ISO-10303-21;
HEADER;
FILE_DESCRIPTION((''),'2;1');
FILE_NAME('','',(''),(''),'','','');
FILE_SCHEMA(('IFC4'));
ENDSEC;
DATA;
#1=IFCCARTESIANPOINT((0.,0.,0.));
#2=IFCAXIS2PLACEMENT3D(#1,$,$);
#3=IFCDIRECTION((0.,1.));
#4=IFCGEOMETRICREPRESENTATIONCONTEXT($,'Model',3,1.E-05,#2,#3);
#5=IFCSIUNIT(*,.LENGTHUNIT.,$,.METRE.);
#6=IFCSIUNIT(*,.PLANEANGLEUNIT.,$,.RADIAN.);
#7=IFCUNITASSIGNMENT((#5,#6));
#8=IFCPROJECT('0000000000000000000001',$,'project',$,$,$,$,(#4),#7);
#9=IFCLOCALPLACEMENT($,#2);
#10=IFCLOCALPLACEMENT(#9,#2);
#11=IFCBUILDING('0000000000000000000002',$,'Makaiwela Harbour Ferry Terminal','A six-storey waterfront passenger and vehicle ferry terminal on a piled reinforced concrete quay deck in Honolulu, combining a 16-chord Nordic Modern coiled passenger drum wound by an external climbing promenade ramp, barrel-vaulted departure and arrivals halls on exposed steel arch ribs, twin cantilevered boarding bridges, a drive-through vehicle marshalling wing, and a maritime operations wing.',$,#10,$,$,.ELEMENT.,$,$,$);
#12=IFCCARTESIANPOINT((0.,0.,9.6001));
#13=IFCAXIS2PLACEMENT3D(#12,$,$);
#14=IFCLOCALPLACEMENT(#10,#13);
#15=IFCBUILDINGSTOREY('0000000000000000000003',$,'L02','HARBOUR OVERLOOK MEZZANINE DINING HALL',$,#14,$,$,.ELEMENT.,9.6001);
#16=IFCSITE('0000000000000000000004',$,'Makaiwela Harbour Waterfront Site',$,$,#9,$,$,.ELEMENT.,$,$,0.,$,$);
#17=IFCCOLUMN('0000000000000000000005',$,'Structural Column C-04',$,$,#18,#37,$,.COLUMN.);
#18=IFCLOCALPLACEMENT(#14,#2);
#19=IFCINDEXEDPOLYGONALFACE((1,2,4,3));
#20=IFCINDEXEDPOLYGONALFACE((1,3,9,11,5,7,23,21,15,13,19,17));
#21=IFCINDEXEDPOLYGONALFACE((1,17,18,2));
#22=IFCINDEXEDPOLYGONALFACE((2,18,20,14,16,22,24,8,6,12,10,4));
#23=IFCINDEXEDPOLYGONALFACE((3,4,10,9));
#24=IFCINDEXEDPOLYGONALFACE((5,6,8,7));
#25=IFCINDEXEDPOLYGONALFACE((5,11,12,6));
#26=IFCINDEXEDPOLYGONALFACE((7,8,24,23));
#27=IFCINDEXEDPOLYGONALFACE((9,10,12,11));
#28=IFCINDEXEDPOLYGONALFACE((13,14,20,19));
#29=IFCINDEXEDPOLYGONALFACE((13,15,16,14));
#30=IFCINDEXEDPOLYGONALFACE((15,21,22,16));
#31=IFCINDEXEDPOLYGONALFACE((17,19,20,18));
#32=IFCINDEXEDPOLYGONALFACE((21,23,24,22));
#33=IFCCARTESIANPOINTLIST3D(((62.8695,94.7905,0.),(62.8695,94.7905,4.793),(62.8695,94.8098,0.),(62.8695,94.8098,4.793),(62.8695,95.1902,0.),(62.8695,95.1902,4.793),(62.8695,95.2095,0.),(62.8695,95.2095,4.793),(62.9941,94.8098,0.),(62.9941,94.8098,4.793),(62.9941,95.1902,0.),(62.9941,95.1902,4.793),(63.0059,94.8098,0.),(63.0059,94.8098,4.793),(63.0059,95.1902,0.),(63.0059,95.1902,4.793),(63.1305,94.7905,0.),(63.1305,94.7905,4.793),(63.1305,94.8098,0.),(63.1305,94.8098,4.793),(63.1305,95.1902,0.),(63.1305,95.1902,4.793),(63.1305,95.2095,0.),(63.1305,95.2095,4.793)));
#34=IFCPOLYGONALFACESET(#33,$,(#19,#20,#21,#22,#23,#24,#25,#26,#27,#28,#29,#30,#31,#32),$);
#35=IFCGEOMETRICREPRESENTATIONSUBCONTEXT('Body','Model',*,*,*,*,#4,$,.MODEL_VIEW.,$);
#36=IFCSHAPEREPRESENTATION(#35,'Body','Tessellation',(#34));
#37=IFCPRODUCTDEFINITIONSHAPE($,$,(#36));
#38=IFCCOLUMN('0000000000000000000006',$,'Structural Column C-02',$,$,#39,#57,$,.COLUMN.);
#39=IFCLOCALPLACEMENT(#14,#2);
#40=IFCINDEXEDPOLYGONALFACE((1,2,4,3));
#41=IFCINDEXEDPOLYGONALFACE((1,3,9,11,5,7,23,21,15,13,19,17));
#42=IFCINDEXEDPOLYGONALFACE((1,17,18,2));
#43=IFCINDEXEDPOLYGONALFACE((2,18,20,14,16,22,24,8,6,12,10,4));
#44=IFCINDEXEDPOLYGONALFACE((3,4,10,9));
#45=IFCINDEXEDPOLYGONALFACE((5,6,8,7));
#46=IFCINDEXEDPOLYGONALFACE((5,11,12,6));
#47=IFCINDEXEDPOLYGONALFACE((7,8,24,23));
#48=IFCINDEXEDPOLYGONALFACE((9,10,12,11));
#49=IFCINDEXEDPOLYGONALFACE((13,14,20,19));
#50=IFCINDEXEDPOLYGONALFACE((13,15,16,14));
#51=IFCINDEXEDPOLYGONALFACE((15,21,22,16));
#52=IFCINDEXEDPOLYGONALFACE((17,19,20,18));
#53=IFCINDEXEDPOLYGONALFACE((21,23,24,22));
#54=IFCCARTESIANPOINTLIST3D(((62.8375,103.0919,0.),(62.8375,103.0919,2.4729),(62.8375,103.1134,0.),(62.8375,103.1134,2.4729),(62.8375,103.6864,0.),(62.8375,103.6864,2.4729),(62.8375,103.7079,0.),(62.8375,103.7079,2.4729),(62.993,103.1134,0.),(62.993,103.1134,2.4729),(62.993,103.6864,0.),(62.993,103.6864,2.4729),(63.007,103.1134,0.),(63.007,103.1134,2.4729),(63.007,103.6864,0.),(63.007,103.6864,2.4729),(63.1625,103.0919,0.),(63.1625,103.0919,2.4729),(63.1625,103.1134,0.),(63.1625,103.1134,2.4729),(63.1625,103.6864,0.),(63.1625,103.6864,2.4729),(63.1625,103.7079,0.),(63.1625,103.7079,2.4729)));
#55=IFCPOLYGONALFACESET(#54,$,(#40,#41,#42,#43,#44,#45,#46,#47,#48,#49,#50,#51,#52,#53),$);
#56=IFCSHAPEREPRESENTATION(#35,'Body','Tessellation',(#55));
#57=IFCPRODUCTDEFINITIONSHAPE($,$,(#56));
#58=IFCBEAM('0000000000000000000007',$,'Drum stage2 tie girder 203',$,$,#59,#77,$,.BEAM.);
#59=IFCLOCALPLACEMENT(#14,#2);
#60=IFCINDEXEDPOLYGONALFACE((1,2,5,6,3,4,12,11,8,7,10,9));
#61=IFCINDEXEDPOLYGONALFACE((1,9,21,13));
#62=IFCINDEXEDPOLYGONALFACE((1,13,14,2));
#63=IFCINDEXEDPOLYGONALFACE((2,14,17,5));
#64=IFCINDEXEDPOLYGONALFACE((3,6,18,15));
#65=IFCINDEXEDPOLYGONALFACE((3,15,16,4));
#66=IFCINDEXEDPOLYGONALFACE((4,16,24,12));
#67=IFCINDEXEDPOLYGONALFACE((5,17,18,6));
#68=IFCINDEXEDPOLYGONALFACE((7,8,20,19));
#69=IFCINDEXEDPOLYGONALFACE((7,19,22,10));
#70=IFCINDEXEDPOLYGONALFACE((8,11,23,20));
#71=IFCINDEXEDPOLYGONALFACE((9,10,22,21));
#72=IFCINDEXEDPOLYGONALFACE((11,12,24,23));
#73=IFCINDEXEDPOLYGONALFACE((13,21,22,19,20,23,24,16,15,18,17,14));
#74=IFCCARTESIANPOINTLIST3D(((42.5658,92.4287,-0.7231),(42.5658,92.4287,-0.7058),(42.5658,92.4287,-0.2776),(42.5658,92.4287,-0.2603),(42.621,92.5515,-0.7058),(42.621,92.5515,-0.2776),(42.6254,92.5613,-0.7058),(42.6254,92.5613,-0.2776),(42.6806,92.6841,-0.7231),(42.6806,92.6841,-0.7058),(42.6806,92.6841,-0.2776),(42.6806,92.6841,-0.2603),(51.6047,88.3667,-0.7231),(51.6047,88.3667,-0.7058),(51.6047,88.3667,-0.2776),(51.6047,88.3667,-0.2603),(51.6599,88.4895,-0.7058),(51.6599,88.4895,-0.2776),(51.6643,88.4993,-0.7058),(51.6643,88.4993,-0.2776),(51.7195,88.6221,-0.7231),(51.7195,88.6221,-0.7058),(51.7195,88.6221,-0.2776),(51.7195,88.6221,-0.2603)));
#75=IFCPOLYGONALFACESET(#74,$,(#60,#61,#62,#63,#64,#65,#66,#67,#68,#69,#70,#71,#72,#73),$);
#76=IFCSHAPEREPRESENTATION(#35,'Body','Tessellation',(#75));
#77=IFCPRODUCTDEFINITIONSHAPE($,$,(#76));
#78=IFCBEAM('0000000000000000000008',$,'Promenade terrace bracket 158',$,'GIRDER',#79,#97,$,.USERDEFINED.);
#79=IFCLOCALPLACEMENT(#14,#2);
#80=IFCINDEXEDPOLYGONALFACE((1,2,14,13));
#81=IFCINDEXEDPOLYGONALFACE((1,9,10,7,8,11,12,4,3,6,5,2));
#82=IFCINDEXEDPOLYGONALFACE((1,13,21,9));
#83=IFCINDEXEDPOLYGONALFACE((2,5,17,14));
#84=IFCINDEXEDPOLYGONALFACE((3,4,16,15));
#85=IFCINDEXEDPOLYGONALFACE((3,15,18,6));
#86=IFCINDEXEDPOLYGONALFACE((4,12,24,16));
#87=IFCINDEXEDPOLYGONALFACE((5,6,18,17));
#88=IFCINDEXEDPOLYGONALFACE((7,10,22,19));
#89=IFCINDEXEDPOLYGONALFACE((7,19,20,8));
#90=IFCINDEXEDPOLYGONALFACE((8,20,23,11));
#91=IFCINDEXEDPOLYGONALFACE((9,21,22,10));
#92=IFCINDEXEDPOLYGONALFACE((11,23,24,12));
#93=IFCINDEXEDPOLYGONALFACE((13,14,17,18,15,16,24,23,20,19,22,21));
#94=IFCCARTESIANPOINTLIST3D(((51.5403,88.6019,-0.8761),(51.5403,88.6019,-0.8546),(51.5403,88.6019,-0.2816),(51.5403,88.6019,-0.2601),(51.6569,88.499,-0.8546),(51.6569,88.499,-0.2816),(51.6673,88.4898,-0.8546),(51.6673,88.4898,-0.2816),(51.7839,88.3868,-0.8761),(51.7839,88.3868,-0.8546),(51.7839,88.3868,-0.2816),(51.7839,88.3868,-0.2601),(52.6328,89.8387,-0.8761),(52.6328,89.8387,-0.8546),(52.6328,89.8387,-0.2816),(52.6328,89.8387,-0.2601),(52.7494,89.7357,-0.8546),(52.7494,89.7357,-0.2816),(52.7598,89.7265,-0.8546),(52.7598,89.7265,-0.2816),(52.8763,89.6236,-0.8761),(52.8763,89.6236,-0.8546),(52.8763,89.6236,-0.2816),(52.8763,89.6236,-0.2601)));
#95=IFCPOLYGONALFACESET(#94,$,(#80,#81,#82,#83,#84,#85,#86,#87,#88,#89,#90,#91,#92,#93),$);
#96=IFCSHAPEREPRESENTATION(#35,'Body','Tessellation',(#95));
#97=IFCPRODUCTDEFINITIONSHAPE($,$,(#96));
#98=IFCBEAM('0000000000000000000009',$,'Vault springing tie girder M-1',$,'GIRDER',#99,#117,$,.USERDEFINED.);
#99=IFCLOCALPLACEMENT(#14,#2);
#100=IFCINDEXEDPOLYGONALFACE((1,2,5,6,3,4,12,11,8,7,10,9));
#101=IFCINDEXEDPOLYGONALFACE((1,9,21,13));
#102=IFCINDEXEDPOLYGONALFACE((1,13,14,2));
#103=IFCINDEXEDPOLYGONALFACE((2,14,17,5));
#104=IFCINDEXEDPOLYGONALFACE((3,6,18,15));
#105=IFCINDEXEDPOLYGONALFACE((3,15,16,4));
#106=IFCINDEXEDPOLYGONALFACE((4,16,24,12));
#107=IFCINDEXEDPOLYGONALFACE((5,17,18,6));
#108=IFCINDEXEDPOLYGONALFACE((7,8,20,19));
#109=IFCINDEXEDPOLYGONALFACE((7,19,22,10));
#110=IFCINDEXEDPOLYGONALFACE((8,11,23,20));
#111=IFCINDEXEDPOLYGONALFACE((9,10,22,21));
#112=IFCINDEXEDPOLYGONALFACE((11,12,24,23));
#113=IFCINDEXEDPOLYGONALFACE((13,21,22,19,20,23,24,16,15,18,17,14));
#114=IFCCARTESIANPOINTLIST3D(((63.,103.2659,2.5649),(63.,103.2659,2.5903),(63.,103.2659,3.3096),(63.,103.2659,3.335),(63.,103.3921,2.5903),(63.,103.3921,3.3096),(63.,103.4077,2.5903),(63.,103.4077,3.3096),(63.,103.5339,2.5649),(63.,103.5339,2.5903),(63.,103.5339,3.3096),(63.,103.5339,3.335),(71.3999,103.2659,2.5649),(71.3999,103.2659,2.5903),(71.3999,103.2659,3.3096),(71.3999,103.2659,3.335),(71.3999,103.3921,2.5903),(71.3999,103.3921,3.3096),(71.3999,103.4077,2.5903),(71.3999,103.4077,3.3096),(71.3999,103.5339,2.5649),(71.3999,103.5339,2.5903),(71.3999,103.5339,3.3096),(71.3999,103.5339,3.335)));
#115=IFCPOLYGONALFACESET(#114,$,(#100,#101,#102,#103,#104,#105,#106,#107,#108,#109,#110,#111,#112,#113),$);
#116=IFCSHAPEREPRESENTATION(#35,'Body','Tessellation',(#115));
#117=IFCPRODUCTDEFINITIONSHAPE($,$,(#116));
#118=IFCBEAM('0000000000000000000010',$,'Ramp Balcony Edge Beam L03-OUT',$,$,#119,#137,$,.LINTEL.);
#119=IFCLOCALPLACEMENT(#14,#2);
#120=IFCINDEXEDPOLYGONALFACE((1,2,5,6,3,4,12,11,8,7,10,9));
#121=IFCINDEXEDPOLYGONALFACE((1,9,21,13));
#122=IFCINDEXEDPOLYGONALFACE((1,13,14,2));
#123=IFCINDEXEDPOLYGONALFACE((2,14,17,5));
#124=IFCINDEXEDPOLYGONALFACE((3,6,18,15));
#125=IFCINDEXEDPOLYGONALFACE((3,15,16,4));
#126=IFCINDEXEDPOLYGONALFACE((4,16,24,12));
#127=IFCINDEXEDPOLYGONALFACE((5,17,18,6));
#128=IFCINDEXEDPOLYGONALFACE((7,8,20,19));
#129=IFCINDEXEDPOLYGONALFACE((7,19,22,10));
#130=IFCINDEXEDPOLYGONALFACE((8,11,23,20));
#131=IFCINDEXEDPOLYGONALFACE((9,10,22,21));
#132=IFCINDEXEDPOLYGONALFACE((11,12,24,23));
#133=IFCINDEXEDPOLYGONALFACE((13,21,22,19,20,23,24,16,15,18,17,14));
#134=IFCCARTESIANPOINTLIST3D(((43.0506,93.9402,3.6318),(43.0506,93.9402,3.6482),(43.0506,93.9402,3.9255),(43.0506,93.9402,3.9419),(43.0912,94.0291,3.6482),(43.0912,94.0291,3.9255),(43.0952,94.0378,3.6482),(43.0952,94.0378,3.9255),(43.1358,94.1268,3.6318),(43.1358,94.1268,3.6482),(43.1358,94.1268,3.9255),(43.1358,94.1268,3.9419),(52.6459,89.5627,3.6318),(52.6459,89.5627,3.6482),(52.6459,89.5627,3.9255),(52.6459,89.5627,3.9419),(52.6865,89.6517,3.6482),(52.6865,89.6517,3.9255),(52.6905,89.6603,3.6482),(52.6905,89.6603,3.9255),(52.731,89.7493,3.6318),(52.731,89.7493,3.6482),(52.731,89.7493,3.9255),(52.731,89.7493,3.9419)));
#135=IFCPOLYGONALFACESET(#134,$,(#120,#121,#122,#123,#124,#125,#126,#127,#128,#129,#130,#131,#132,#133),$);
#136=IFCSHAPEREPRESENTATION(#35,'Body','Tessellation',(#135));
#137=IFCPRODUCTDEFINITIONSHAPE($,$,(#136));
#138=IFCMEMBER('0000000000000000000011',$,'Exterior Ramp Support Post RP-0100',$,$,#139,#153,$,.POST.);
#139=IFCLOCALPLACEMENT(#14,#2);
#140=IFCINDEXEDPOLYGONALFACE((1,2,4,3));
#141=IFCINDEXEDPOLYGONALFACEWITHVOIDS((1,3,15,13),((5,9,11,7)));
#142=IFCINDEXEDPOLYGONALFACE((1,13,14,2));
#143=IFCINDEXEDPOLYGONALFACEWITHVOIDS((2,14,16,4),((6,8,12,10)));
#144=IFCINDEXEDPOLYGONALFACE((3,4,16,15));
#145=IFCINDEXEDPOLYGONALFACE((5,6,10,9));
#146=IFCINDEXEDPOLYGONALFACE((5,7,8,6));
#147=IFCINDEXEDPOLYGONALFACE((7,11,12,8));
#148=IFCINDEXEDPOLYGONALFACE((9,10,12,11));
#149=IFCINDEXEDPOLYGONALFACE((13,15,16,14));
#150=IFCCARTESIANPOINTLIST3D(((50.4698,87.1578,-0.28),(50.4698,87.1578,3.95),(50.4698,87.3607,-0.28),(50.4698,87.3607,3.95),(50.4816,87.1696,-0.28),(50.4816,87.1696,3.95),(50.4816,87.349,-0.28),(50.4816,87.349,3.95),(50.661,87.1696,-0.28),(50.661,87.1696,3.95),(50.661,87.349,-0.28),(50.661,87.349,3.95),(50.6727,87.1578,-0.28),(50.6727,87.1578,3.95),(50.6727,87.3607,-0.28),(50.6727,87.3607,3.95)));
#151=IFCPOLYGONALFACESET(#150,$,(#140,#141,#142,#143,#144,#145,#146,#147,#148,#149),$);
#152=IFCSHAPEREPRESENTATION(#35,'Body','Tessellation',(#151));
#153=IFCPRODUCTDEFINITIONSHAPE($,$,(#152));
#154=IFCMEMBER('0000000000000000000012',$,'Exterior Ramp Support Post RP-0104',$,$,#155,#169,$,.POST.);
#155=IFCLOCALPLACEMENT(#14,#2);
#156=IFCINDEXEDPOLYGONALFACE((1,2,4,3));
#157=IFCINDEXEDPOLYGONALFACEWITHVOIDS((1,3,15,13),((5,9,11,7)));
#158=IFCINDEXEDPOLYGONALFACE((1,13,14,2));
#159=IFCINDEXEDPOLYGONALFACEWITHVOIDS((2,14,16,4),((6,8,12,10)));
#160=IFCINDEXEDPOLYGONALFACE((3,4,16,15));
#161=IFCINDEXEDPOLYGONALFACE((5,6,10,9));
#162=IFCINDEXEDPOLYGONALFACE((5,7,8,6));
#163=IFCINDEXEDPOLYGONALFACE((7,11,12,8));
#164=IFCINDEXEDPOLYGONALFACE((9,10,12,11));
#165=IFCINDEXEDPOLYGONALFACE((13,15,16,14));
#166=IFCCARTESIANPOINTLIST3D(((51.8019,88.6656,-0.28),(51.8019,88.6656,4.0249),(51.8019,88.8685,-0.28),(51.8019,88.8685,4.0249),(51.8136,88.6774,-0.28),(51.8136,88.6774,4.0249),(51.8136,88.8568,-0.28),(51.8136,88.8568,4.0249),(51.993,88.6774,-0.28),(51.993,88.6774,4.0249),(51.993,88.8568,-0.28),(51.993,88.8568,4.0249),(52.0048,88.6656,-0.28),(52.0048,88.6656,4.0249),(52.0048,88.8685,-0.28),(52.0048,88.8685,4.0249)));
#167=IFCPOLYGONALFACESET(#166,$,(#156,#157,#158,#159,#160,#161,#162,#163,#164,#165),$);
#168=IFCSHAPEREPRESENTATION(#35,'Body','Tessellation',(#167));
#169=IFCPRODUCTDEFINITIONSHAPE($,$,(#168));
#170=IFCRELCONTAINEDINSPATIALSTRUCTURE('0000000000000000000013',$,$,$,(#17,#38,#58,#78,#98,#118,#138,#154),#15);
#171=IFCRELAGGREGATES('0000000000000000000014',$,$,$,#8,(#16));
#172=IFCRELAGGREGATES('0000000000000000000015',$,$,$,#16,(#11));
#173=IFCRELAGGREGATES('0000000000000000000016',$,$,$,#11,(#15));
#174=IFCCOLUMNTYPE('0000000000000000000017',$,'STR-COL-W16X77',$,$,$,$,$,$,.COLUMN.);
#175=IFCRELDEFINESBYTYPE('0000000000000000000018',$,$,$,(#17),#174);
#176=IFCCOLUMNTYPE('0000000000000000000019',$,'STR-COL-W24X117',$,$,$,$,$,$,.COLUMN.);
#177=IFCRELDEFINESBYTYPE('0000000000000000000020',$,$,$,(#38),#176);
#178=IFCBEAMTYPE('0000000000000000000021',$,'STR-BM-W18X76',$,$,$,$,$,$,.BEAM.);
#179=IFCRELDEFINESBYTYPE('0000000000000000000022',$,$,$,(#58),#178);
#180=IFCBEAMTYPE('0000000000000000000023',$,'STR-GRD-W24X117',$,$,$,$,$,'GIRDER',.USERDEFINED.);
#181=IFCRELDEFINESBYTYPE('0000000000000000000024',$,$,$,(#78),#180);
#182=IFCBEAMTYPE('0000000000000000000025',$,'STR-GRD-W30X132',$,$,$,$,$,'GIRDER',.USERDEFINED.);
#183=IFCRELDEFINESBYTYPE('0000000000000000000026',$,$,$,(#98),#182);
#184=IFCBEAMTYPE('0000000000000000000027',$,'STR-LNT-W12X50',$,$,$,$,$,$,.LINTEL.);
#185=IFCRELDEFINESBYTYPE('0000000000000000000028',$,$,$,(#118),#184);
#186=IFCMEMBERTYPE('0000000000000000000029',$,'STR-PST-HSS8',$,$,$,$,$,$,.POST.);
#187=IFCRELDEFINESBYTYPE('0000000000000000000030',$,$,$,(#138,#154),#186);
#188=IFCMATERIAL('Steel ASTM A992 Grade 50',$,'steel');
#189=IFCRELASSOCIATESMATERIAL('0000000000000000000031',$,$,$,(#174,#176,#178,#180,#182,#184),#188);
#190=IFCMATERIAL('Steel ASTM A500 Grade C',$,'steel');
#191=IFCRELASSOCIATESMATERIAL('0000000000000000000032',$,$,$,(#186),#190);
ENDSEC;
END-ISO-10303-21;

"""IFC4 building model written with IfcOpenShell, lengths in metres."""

from ifc_helpers import new_model, si_unit, direction, frame, origin, origin_2d, place, context, subcontext, project, spatial, hollow_rectangle, i_section, extrude, material, material_profile, profile_set, type_object, element, save


model = new_model("IFC4")

# Units and contexts
model_context = context("Model", 3, precision=1e-05, world=origin(), true_north=direction((0.0, 1.0)))
body_context = subcontext(model_context, "Body", "Model", "MODEL_VIEW")
ifc_project = project(units=[si_unit("LENGTHUNIT", "METRE"), si_unit("PLANEANGLEUNIT", "RADIAN")], contexts=[model_context])

# Site, building, storey
site_placement = place(None, origin())
site = spatial("IfcSite", under=ifc_project, at=site_placement, Name="Makaiwela Harbour Waterfront Site", CompositionType="ELEMENT", RefElevation=0.0)
building_placement = place(site_placement, origin())
building = spatial("IfcBuilding", under=site, at=building_placement, Name="Makaiwela Harbour Ferry Terminal", Description="A six-storey waterfront passenger and vehicle ferry terminal on a piled reinforced concrete quay deck in Honolulu, combining a 16-chord Nordic Modern coiled passenger drum wound by an external climbing promenade ramp, barrel-vaulted departure and arrivals halls on exposed steel arch ribs, twin cantilevered boarding bridges, a drive-through vehicle marshalling wing, and a maritime operations wing.", CompositionType="ELEMENT")
storey_placement = place(building_placement, frame((0.0, 0.0, 9.6001)))
storey = spatial("IfcBuildingStorey", under=building, at=storey_placement, Name="L02", Description="HARBOUR OVERLOOK MEZZANINE DINING HALL", CompositionType="ELEMENT", Elevation=9.6001)

# Columns
ifc_material_1 = material(Name="Steel ASTM A992 Grade 50", Category="steel")
ifc_material_profile_1 = material_profile(ifc_material_1, i_section(OverallWidth=0.261, OverallDepth=0.4189, WebThickness=0.0117, FlangeThickness=0.0193, at=origin_2d()), Name="W16X77")
ifc_profile_set_1 = profile_set([ifc_material_profile_1], Name="Steel ASTM A992 Grade 50")
column_type_1 = type_object("IfcColumnType", Name="STR-COL-W16X77", PredefinedType="COLUMN", material=ifc_profile_set_1)
column_1_placement = place(storey_placement, frame((63.0, 95.0, 0.0), z_axis=(0.0, 0.0, 1.0), x_axis=(1.0, 0.0, 0.0)))
element("IfcColumn", 1, at=column_1_placement, inside=storey, type_object=column_type_1, Name="Structural Column C-04", PredefinedType="COLUMN", context=body_context, shape_type="SweptSolid", body=[
    extrude(i_section(OverallWidth=0.261, OverallDepth=0.4189, WebThickness=0.0117, FlangeThickness=0.0193, at=origin_2d()), origin(), (0.0, 0.0, 1.0), 4.793),
])
ifc_material_profile_2 = material_profile(ifc_material_1, i_section(OverallWidth=0.325, OverallDepth=0.616, WebThickness=0.0139, FlangeThickness=0.0215, at=origin_2d()), Name="W24X117")
ifc_profile_set_2 = profile_set([ifc_material_profile_2], Name="Steel ASTM A992 Grade 50")
column_type_2 = type_object("IfcColumnType", Name="STR-COL-W24X117", PredefinedType="COLUMN", material=ifc_profile_set_2)
column_2_placement = place(storey_placement, frame((63.0, 103.3999, 0.0), z_axis=(0.0, 0.0, 1.0), x_axis=(1.0, 0.0, 0.0)))
element("IfcColumn", 2, at=column_2_placement, inside=storey, type_object=column_type_2, Name="Structural Column C-02", PredefinedType="COLUMN", context=body_context, shape_type="SweptSolid", body=[
    extrude(i_section(OverallWidth=0.325, OverallDepth=0.616, WebThickness=0.0139, FlangeThickness=0.0215, at=origin_2d()), origin(), (0.0, 0.0, 1.0), 2.4729),
])

# Beams
ifc_material_profile_3 = material_profile(ifc_material_1, i_section(OverallWidth=0.28, OverallDepth=0.4629, WebThickness=0.0107, FlangeThickness=0.0173, at=origin_2d()), Name="W18X76")
ifc_profile_set_3 = profile_set([ifc_material_profile_3], Name="Steel ASTM A992 Grade 50")
beam_type_1 = type_object("IfcBeamType", Name="STR-BM-W18X76", PredefinedType="BEAM", material=ifc_profile_set_3)
beam_1_placement = place(storey_placement, frame((51.6621, 88.4944, -0.4917), z_axis=(-0.912127, 0.409907, 0.0), x_axis=(-0.409907, -0.912127, 0.0)))
element("IfcBeam", 3, at=beam_1_placement, inside=storey, type_object=beam_type_1, Name="Drum stage2 tie girder 203", PredefinedType="BEAM", context=body_context, shape_type="SweptSolid", body=[
    extrude(i_section(OverallWidth=0.28, OverallDepth=0.4629, WebThickness=0.0107, FlangeThickness=0.0173, at=origin_2d()), origin(), (0.0, 0.0, 1.0), 9.9097),
])
ifc_material_profile_4 = material_profile(ifc_material_1, i_section(OverallWidth=0.325, OverallDepth=0.616, WebThickness=0.0139, FlangeThickness=0.0215, at=origin_2d()), Name="W24X117")
ifc_profile_set_4 = profile_set([ifc_material_profile_4], Name="Steel ASTM A992 Grade 50")
beam_type_2 = type_object("IfcBeamType", Name="STR-GRD-W24X117", ElementType="GIRDER", PredefinedType="USERDEFINED", material=ifc_profile_set_4)
beam_2_placement = place(storey_placement, frame((51.6621, 88.4944, -0.5681), z_axis=(0.662037, 0.749471, 0.0), x_axis=(-0.749471, 0.662037, 0.0)))
element("IfcBeam", 4, at=beam_2_placement, inside=storey, type_object=beam_type_2, Name="Promenade terrace bracket 158", ObjectType="GIRDER", PredefinedType="USERDEFINED", context=body_context, shape_type="SweptSolid", body=[
    extrude(i_section(OverallWidth=0.325, OverallDepth=0.616, WebThickness=0.0139, FlangeThickness=0.0215, at=origin_2d()), origin(), (0.0, 0.0, 1.0), 1.6501),
])
ifc_material_profile_5 = material_profile(ifc_material_1, i_section(OverallWidth=0.2681, OverallDepth=0.77, WebThickness=0.0156, FlangeThickness=0.0254, at=origin_2d()), Name="W30X132")
ifc_profile_set_5 = profile_set([ifc_material_profile_5], Name="Steel ASTM A992 Grade 50")
beam_type_3 = type_object("IfcBeamType", Name="STR-GRD-W30X132", ElementType="GIRDER", PredefinedType="USERDEFINED", material=ifc_profile_set_5)
beam_3_placement = place(storey_placement, frame((63.0, 103.3999, 2.95), z_axis=(1.0, 0.0, 0.0), x_axis=(0.0, 1.0, 0.0)))
element("IfcBeam", 5, at=beam_3_placement, inside=storey, type_object=beam_type_3, Name="Vault springing tie girder M-1", ObjectType="GIRDER", PredefinedType="USERDEFINED", context=body_context, shape_type="SweptSolid", body=[
    extrude(i_section(OverallWidth=0.2681, OverallDepth=0.77, WebThickness=0.0156, FlangeThickness=0.0254, at=origin_2d()), origin(), (0.0, 0.0, 1.0), 8.3999),
])
ifc_material_profile_6 = material_profile(ifc_material_1, i_section(OverallWidth=0.2051, OverallDepth=0.3101, WebThickness=0.0095, FlangeThickness=0.0164, at=origin_2d()), Name="W12X50")
ifc_profile_set_6 = profile_set([ifc_material_profile_6], Name="Steel ASTM A992 Grade 50")
beam_type_4 = type_object("IfcBeamType", Name="STR-LNT-W12X50", PredefinedType="LINTEL", material=ifc_profile_set_6)
beam_4_placement = place(storey_placement, frame((52.6885, 89.656, 3.7869), z_axis=(-0.909795, 0.415058, 0.0), x_axis=(-0.415058, -0.909795, 0.0)))
element("IfcBeam", 6, at=beam_4_placement, inside=storey, type_object=beam_type_4, Name="Ramp Balcony Edge Beam L03-OUT", PredefinedType="LINTEL", context=body_context, shape_type="SweptSolid", body=[
    extrude(i_section(OverallWidth=0.2051, OverallDepth=0.3101, WebThickness=0.0095, FlangeThickness=0.0164, at=origin_2d()), origin(), (0.0, 0.0, 1.0), 10.5466),
])

# Members
ifc_material_2 = material(Name="Steel ASTM A500 Grade C", Category="steel")
ifc_material_profile_7 = material_profile(ifc_material_2, hollow_rectangle(XDim=0.2029, YDim=0.2029, WallThickness=0.0117, at=origin_2d()), Name="HSS8X8X1/2")
ifc_profile_set_7 = profile_set([ifc_material_profile_7], Name="Steel ASTM A500 Grade C")
member_type_1 = type_object("IfcMemberType", Name="STR-PST-HSS8", PredefinedType="POST", material=ifc_profile_set_7)
member_1_placement = place(storey_placement, frame((50.5713, 87.2593, -0.28), z_axis=(0.0, 0.0, 1.0), x_axis=(1.0, 0.0, 0.0)))
element("IfcMember", 7, at=member_1_placement, inside=storey, type_object=member_type_1, Name="Exterior Ramp Support Post RP-0100", PredefinedType="POST", context=body_context, shape_type="SweptSolid", body=[
    extrude(hollow_rectangle(XDim=0.2029, YDim=0.2029, WallThickness=0.0117, at=origin_2d()), origin(), (0.0, 0.0, 1.0), 4.23),
])
for number, where, z_axis, x_axis, name in (
    (8, (51.9033, 88.7671, -0.28), (0.0, 0.0, 1.0), (1.0, 0.0, 0.0), "Exterior Ramp Support Post RP-0104"),
):
    element("IfcMember", number, at=place(storey_placement, frame(where, z_axis=z_axis, x_axis=x_axis)), inside=storey, type_object=member_type_1, Name=name, PredefinedType="POST", context=body_context, shape_type="SweptSolid", body=[
        extrude(hollow_rectangle(XDim=0.2029, YDim=0.2029, WallThickness=0.0117, at=origin_2d()), origin(), (0.0, 0.0, 1.0), 4.3049),
    ])

save(model, "model.ifc")
